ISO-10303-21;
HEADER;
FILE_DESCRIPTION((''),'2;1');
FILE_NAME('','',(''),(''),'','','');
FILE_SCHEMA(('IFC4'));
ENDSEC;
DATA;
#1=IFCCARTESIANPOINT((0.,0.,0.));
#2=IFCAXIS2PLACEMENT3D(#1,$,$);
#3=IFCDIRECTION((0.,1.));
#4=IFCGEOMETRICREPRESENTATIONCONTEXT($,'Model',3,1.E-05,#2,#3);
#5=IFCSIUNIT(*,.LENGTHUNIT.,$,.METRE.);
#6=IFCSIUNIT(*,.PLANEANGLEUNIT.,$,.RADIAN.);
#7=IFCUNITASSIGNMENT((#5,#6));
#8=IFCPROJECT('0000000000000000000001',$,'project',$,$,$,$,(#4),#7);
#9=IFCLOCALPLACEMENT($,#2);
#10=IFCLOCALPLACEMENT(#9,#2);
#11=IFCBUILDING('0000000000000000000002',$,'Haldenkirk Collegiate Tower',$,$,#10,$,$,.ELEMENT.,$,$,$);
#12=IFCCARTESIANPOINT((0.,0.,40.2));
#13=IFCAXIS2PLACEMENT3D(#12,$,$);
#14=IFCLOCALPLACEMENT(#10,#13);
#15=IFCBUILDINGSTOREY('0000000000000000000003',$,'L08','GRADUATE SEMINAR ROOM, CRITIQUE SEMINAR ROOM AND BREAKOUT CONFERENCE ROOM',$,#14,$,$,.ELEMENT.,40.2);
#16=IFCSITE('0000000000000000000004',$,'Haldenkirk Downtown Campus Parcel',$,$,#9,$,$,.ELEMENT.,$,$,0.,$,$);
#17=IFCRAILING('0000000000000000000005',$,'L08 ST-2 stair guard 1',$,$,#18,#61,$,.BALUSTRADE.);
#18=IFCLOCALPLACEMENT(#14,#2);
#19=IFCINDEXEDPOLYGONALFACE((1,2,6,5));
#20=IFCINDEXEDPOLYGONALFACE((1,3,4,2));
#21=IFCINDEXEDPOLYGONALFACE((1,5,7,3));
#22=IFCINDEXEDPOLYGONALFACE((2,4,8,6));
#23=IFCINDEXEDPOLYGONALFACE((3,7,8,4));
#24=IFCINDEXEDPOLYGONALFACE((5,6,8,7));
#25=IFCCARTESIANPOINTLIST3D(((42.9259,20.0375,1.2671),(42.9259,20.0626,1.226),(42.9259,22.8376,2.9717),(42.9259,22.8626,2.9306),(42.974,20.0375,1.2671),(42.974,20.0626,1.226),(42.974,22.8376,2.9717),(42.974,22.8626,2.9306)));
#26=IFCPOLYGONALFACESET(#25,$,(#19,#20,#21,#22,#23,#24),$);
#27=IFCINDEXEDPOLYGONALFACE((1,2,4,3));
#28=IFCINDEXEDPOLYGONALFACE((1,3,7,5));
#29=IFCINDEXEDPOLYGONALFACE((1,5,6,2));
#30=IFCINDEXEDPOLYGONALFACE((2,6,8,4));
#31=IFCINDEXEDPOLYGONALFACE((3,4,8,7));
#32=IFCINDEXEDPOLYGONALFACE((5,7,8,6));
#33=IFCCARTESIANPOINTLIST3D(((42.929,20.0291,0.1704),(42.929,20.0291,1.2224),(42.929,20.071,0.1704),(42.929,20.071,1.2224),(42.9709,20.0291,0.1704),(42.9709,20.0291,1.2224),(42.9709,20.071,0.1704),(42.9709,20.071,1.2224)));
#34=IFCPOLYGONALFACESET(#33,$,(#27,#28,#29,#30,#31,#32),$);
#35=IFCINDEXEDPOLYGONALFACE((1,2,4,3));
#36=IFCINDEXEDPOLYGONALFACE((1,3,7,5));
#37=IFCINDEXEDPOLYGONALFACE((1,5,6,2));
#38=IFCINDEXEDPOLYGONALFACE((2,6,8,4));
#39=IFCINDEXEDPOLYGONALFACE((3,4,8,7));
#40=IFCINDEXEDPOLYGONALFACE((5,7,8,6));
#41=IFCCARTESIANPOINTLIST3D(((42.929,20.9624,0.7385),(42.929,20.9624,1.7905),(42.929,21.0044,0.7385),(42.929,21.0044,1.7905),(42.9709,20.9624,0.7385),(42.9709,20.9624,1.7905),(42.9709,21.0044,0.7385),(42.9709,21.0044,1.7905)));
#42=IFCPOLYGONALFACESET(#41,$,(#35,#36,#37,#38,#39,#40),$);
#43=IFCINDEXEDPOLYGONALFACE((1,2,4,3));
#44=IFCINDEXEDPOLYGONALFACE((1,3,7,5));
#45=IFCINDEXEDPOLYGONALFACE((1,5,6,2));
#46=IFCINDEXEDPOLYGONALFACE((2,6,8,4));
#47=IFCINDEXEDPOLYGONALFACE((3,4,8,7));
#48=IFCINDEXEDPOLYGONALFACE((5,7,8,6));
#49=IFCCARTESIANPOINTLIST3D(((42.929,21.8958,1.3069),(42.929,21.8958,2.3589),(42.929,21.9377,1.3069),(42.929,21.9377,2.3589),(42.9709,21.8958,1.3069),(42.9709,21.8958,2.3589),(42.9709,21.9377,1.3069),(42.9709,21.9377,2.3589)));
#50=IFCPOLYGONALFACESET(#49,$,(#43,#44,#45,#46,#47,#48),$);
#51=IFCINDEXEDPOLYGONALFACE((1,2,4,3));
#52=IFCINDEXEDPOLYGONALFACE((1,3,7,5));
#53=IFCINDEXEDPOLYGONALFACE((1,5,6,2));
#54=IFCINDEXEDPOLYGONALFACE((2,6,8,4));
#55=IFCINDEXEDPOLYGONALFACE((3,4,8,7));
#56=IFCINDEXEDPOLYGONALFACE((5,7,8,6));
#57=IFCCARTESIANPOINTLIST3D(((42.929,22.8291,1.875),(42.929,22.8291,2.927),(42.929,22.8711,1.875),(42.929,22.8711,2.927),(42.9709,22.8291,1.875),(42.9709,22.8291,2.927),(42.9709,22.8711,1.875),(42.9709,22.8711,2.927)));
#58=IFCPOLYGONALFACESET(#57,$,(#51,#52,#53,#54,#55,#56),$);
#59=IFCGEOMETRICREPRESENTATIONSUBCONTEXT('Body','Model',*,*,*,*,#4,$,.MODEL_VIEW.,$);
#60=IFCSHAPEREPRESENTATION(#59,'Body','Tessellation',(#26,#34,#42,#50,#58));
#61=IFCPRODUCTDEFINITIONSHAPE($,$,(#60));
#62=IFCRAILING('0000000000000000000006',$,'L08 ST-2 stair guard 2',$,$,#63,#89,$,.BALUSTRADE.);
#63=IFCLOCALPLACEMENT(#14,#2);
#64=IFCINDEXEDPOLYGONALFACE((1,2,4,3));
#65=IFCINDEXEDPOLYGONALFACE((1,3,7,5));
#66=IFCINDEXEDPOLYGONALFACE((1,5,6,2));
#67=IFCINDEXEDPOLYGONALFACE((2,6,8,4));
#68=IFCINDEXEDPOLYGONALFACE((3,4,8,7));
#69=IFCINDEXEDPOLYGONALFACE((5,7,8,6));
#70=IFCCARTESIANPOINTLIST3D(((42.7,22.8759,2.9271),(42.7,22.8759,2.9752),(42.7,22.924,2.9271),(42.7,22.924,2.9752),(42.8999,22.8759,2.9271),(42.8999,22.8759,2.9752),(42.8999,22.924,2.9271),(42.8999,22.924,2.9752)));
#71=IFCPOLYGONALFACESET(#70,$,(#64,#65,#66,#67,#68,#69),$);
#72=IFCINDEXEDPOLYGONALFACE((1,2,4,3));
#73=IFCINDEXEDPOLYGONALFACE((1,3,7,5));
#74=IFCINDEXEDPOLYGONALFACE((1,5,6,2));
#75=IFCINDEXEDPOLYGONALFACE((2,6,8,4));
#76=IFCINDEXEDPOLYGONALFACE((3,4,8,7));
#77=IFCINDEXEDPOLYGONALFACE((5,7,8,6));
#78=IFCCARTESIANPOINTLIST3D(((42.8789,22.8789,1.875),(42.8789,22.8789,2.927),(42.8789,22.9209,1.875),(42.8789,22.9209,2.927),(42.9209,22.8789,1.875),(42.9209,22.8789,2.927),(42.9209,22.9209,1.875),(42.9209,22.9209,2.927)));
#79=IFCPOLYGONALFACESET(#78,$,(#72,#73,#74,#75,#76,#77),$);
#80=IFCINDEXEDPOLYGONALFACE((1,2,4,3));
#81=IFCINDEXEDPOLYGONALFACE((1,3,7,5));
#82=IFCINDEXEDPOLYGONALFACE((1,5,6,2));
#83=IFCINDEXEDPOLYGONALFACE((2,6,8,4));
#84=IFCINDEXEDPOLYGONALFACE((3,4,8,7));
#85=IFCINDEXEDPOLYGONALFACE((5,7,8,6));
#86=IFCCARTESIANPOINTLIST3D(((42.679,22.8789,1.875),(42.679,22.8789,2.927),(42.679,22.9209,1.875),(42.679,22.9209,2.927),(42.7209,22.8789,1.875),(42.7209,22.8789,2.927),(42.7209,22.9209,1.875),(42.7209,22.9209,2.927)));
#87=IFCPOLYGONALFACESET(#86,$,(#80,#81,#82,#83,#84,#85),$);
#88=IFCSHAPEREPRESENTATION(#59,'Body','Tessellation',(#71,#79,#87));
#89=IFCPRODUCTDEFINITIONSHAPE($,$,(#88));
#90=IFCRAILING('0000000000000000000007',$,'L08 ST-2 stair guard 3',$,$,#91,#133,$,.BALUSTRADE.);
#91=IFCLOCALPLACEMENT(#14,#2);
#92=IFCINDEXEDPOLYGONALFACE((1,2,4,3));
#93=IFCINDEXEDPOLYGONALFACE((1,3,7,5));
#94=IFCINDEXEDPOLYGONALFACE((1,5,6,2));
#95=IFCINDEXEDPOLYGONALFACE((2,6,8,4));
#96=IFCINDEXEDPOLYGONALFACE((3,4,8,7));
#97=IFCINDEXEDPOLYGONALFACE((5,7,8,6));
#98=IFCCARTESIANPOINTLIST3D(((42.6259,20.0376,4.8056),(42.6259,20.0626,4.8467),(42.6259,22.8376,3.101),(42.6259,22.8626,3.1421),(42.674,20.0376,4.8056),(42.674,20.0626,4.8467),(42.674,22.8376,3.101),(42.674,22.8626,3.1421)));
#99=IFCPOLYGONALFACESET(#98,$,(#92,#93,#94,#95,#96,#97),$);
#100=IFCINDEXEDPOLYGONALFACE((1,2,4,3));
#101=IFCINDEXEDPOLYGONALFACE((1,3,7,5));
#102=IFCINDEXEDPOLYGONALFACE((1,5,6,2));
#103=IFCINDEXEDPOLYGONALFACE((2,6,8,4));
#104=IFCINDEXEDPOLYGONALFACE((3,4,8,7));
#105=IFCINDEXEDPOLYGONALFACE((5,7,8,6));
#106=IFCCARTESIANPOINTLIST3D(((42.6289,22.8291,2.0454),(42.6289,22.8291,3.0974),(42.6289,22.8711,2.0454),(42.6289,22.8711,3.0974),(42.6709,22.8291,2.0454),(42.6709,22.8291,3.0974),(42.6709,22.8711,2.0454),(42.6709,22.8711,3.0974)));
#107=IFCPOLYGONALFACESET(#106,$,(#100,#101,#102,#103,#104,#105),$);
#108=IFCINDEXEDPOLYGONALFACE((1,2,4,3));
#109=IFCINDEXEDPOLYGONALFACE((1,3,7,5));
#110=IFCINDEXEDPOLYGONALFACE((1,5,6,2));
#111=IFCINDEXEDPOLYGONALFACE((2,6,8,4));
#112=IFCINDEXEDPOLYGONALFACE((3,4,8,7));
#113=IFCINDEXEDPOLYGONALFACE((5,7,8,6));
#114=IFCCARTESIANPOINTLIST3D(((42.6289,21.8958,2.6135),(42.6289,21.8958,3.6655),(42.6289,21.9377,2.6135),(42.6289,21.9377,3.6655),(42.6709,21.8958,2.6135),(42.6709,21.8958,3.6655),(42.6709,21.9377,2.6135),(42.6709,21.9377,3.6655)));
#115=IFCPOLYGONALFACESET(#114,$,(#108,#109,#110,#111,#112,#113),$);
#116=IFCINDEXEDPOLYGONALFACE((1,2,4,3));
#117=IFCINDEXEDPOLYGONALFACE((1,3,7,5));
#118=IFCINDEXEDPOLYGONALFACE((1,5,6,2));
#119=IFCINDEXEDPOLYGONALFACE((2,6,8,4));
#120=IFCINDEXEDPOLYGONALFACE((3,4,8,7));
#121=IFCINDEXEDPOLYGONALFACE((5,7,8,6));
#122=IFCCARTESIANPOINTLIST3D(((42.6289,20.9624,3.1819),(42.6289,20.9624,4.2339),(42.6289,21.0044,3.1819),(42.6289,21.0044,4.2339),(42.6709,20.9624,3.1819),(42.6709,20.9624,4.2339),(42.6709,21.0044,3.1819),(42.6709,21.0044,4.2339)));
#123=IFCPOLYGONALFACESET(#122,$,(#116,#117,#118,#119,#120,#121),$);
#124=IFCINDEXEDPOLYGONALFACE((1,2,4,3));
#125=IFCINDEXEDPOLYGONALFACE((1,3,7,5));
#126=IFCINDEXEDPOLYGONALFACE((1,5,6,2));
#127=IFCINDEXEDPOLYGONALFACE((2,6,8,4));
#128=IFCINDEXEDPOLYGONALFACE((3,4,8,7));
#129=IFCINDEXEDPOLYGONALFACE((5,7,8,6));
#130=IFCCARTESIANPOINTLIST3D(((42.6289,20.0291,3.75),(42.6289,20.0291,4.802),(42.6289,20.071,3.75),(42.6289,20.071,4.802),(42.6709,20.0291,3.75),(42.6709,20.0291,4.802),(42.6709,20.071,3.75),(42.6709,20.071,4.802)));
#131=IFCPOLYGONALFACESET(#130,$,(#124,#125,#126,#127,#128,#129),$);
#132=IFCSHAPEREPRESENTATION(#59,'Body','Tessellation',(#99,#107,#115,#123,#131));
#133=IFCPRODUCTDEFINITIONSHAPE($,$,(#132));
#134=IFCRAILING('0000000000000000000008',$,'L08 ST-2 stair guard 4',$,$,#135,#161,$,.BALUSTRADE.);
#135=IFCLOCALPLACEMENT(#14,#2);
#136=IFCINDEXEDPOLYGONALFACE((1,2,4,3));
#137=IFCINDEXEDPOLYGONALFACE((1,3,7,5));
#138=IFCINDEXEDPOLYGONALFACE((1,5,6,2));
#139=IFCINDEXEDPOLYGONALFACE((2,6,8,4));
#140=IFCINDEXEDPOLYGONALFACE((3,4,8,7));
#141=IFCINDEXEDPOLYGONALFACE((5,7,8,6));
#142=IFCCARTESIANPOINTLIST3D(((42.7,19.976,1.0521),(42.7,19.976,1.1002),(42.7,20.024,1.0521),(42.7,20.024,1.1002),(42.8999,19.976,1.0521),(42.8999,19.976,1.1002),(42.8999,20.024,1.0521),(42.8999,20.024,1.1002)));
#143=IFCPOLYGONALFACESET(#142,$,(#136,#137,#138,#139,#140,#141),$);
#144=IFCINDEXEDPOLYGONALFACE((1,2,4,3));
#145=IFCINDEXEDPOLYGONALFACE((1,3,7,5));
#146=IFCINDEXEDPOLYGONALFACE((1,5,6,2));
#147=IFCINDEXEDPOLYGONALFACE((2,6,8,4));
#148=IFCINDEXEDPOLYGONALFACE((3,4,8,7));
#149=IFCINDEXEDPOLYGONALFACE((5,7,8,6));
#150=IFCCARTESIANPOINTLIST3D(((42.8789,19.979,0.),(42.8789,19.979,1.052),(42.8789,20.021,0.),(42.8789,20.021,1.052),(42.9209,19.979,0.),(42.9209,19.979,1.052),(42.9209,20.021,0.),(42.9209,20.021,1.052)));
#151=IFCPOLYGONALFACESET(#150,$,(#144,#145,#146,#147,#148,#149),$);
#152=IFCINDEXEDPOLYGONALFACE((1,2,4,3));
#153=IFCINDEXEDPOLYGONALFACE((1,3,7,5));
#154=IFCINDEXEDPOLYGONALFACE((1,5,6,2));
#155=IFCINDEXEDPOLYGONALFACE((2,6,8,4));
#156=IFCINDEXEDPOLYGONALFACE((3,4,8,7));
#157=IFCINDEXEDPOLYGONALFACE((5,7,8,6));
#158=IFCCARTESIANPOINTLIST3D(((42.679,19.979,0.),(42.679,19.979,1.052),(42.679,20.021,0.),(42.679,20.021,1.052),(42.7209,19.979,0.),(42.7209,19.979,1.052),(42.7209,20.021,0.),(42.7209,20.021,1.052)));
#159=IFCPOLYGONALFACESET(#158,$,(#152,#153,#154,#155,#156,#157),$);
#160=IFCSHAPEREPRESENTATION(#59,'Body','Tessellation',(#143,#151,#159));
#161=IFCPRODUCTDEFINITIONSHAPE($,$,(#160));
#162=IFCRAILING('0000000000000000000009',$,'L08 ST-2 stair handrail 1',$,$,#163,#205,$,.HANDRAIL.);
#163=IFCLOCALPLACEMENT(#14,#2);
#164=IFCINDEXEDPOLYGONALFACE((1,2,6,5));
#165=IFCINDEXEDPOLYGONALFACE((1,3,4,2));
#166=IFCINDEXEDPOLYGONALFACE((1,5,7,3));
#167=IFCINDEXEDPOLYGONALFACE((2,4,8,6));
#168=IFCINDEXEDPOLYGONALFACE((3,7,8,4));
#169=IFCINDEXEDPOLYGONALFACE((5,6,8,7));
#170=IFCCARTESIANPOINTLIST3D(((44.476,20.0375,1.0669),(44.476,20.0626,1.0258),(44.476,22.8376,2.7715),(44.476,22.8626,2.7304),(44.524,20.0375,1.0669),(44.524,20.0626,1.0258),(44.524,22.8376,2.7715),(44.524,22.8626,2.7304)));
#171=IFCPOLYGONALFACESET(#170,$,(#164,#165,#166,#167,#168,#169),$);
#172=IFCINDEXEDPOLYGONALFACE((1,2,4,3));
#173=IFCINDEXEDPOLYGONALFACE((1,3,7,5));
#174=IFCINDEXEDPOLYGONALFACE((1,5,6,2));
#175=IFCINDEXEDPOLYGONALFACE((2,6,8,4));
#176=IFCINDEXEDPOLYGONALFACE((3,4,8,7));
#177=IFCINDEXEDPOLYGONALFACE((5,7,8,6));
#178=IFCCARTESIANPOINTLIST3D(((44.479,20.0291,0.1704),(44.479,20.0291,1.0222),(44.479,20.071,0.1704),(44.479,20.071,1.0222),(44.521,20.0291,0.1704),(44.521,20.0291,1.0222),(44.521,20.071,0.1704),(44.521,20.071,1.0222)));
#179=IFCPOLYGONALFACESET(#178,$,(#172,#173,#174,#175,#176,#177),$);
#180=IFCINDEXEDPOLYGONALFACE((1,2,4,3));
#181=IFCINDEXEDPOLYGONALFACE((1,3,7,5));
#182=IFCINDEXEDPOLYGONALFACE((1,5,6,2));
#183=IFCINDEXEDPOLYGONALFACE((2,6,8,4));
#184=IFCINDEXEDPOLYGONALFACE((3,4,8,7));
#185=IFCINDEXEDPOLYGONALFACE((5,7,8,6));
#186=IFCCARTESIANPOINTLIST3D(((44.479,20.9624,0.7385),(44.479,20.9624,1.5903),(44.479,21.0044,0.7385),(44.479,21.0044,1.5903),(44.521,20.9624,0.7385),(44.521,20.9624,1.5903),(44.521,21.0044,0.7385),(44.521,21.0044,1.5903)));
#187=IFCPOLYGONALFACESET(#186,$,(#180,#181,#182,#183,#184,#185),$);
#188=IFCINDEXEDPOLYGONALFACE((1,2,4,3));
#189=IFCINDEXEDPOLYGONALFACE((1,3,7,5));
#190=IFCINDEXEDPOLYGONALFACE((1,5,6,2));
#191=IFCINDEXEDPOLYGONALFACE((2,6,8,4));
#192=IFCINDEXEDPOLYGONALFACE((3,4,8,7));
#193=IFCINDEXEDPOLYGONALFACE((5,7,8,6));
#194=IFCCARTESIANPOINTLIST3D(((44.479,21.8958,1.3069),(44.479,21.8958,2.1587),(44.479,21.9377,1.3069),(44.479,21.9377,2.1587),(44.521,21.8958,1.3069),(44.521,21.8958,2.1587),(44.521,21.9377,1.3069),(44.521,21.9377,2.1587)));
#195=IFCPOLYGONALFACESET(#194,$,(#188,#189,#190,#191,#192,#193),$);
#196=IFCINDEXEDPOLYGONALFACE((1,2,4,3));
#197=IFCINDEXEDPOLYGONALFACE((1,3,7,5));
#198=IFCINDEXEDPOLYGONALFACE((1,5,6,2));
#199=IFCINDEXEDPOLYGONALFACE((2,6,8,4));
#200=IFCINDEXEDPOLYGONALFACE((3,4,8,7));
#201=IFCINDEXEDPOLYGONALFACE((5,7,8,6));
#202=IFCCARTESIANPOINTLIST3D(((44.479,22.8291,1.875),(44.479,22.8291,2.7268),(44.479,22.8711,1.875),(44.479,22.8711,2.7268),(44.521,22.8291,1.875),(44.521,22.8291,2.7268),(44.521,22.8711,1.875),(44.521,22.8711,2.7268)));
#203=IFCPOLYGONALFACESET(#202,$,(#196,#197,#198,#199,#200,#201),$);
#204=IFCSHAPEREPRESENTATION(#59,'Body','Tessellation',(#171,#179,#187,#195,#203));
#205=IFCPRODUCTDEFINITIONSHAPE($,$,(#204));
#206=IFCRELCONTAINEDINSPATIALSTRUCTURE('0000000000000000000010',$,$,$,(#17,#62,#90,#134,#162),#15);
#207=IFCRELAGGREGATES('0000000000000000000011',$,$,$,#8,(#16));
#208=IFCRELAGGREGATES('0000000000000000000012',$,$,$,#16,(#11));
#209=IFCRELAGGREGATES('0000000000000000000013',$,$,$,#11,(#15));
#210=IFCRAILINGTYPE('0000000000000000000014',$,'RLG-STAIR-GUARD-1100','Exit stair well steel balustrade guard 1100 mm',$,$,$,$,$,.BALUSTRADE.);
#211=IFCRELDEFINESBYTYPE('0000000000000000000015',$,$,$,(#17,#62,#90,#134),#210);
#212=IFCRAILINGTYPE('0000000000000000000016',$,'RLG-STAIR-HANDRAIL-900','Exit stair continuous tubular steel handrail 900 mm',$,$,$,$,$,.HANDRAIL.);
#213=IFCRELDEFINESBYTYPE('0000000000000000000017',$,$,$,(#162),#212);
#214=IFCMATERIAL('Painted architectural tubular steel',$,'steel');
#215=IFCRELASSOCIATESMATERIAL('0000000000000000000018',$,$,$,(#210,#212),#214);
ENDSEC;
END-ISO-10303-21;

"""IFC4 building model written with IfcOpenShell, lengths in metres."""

from ifc_helpers import new_model, si_unit, direction, frame, origin, origin_2d, place, context, subcontext, project, spatial, rectangle, extrude, material, type_object, element, save


model = new_model("IFC4")

# Units and contexts
model_context = context("Model", 3, precision=1e-05, world=origin(), true_north=direction((0.0, 1.0)))
body_context = subcontext(model_context, "Body", "Model", "MODEL_VIEW")
ifc_project = project(units=[si_unit("LENGTHUNIT", "METRE"), si_unit("PLANEANGLEUNIT", "RADIAN")], contexts=[model_context])

# Site, building, storey
site_placement = place(None, origin())
site = spatial("IfcSite", under=ifc_project, at=site_placement, Name="Haldenkirk Downtown Campus Parcel", CompositionType="ELEMENT", RefElevation=0.0)
building_placement = place(site_placement, origin())
building = spatial("IfcBuilding", under=site, at=building_placement, Name="Haldenkirk Collegiate Tower", CompositionType="ELEMENT")
storey_placement = place(building_placement, frame((0.0, 0.0, 40.2)))
storey = spatial("IfcBuildingStorey", under=building, at=storey_placement, Name="L08", Description="GRADUATE SEMINAR ROOM, CRITIQUE SEMINAR ROOM AND BREAKOUT CONFERENCE ROOM", CompositionType="ELEMENT", Elevation=40.2)

# Railings
ifc_material_1 = material(Name="Painted architectural tubular steel", Category="steel")
railing_type_1 = type_object("IfcRailingType", Name="RLG-STAIR-GUARD-1100", Description="Exit stair well steel balustrade guard 1100 mm", PredefinedType="BALUSTRADE", material=ifc_material_1)
railing_1_placement = place(storey_placement, frame((42.95, 20.05, 0.1704)))
element("IfcRailing", 1, at=railing_1_placement, inside=storey, type_object=railing_type_1, Name="L08 ST-2 stair guard 1", PredefinedType="BALUSTRADE", context=body_context, shape_type="SweptSolid", body=[
    extrude(rectangle(XDim=0.0481, YDim=0.0481, at=origin_2d()), frame((0.0, 0.0, 1.0762), z_axis=(0.0, 0.85417, 0.519994), x_axis=(-1.0, 0.0, 0.0)), (0.0, 0.0, 1.0), 3.2781),
    extrude(rectangle(XDim=0.042, YDim=0.042, at=origin_2d()), origin(), (0.0, 0.0, 1.0), 1.052),
    extrude(rectangle(XDim=0.042, YDim=0.042, at=origin_2d()), frame((0.0, 0.9333, 0.5681)), (0.0, 0.0, 1.0), 1.052),
    extrude(rectangle(XDim=0.042, YDim=0.042, at=origin_2d()), frame((0.0, 1.8667, 1.1365)), (0.0, 0.0, 1.0), 1.052),
    extrude(rectangle(XDim=0.042, YDim=0.042, at=origin_2d()), frame((0.0, 2.8, 1.7046)), (0.0, 0.0, 1.0), 1.052),
])
railing_2_placement = place(storey_placement, frame((42.8999, 22.8999, 1.875)))
element("IfcRailing", 2, at=railing_2_placement, inside=storey, type_object=railing_type_1, Name="L08 ST-2 stair guard 2", PredefinedType="BALUSTRADE", context=body_context, shape_type="SweptSolid", body=[
    extrude(rectangle(XDim=0.0481, YDim=0.0481, at=origin_2d()), frame((0.0, 0.0, 1.0762), z_axis=(-1.0, 0.0, 0.0), x_axis=(0.0, -1.0, 0.0)), (0.0, 0.0, 1.0), 0.2),
    extrude(rectangle(XDim=0.042, YDim=0.042, at=origin_2d()), origin(), (0.0, 0.0, 1.0), 1.052),
    extrude(rectangle(XDim=0.042, YDim=0.042, at=origin_2d()), frame((-0.2, 0.0, 0.0)), (0.0, 0.0, 1.0), 1.052),
])
railing_3_placement = place(storey_placement, frame((42.6499, 22.8501, 2.0454)))
element("IfcRailing", 3, at=railing_3_placement, inside=storey, type_object=railing_type_1, Name="L08 ST-2 stair guard 3", PredefinedType="BALUSTRADE", context=body_context, shape_type="SweptSolid", body=[
    extrude(rectangle(XDim=0.0481, YDim=0.0481, at=origin_2d()), frame((0.0, 0.0, 1.0762), z_axis=(0.0, -0.85417, 0.519994), x_axis=(1.0, 0.0, 0.0)), (0.0, 0.0, 1.0), 3.2781),
    extrude(rectangle(XDim=0.042, YDim=0.042, at=origin_2d()), origin(), (0.0, 0.0, 1.0), 1.052),
    extrude(rectangle(XDim=0.042, YDim=0.042, at=origin_2d()), frame((0.0, -0.9333, 0.5681)), (0.0, 0.0, 1.0), 1.052),
    extrude(rectangle(XDim=0.042, YDim=0.042, at=origin_2d()), frame((0.0, -1.8667, 1.1365)), (0.0, 0.0, 1.0), 1.052),
    extrude(rectangle(XDim=0.042, YDim=0.042, at=origin_2d()), frame((0.0, -2.8, 1.7046)), (0.0, 0.0, 1.0), 1.052),
])
railing_4_placement = place(storey_placement, frame((42.8999, 20.0, 0.0)))
element("IfcRailing", 4, at=railing_4_placement, inside=storey, type_object=railing_type_1, Name="L08 ST-2 stair guard 4", PredefinedType="BALUSTRADE", context=body_context, shape_type="SweptSolid", body=[
    extrude(rectangle(XDim=0.0481, YDim=0.0481, at=origin_2d()), frame((0.0, 0.0, 1.0762), z_axis=(-1.0, 0.0, 0.0), x_axis=(0.0, -1.0, 0.0)), (0.0, 0.0, 1.0), 0.2),
    extrude(rectangle(XDim=0.042, YDim=0.042, at=origin_2d()), origin(), (0.0, 0.0, 1.0), 1.052),
    extrude(rectangle(XDim=0.042, YDim=0.042, at=origin_2d()), frame((-0.2, 0.0, 0.0)), (0.0, 0.0, 1.0), 1.052),
])
railing_type_2 = type_object("IfcRailingType", Name="RLG-STAIR-HANDRAIL-900", Description="Exit stair continuous tubular steel handrail 900 mm", PredefinedType="HANDRAIL", material=ifc_material_1)
railing_5_placement = place(storey_placement, frame((44.5, 20.05, 0.1704)))
element("IfcRailing", 5, at=railing_5_placement, inside=storey, type_object=railing_type_2, Name="L08 ST-2 stair handrail 1", PredefinedType="HANDRAIL", context=body_context, shape_type="SweptSolid", body=[
    extrude(rectangle(XDim=0.0481, YDim=0.0481, at=origin_2d()), frame((0.0, 0.0, 0.876), z_axis=(0.0, 0.85417, 0.519994), x_axis=(-1.0, 0.0, 0.0)), (0.0, 0.0, 1.0), 3.2781),
    extrude(rectangle(XDim=0.042, YDim=0.042, at=origin_2d()), origin(), (0.0, 0.0, 1.0), 0.8518),
    extrude(rectangle(XDim=0.042, YDim=0.042, at=origin_2d()), frame((0.0, 0.9333, 0.5681)), (0.0, 0.0, 1.0), 0.8518),
    extrude(rectangle(XDim=0.042, YDim=0.042, at=origin_2d()), frame((0.0, 1.8667, 1.1365)), (0.0, 0.0, 1.0), 0.8518),
    extrude(rectangle(XDim=0.042, YDim=0.042, at=origin_2d()), frame((0.0, 2.8, 1.7046)), (0.0, 0.0, 1.0), 0.8518),
])

save(model, "model.ifc")
